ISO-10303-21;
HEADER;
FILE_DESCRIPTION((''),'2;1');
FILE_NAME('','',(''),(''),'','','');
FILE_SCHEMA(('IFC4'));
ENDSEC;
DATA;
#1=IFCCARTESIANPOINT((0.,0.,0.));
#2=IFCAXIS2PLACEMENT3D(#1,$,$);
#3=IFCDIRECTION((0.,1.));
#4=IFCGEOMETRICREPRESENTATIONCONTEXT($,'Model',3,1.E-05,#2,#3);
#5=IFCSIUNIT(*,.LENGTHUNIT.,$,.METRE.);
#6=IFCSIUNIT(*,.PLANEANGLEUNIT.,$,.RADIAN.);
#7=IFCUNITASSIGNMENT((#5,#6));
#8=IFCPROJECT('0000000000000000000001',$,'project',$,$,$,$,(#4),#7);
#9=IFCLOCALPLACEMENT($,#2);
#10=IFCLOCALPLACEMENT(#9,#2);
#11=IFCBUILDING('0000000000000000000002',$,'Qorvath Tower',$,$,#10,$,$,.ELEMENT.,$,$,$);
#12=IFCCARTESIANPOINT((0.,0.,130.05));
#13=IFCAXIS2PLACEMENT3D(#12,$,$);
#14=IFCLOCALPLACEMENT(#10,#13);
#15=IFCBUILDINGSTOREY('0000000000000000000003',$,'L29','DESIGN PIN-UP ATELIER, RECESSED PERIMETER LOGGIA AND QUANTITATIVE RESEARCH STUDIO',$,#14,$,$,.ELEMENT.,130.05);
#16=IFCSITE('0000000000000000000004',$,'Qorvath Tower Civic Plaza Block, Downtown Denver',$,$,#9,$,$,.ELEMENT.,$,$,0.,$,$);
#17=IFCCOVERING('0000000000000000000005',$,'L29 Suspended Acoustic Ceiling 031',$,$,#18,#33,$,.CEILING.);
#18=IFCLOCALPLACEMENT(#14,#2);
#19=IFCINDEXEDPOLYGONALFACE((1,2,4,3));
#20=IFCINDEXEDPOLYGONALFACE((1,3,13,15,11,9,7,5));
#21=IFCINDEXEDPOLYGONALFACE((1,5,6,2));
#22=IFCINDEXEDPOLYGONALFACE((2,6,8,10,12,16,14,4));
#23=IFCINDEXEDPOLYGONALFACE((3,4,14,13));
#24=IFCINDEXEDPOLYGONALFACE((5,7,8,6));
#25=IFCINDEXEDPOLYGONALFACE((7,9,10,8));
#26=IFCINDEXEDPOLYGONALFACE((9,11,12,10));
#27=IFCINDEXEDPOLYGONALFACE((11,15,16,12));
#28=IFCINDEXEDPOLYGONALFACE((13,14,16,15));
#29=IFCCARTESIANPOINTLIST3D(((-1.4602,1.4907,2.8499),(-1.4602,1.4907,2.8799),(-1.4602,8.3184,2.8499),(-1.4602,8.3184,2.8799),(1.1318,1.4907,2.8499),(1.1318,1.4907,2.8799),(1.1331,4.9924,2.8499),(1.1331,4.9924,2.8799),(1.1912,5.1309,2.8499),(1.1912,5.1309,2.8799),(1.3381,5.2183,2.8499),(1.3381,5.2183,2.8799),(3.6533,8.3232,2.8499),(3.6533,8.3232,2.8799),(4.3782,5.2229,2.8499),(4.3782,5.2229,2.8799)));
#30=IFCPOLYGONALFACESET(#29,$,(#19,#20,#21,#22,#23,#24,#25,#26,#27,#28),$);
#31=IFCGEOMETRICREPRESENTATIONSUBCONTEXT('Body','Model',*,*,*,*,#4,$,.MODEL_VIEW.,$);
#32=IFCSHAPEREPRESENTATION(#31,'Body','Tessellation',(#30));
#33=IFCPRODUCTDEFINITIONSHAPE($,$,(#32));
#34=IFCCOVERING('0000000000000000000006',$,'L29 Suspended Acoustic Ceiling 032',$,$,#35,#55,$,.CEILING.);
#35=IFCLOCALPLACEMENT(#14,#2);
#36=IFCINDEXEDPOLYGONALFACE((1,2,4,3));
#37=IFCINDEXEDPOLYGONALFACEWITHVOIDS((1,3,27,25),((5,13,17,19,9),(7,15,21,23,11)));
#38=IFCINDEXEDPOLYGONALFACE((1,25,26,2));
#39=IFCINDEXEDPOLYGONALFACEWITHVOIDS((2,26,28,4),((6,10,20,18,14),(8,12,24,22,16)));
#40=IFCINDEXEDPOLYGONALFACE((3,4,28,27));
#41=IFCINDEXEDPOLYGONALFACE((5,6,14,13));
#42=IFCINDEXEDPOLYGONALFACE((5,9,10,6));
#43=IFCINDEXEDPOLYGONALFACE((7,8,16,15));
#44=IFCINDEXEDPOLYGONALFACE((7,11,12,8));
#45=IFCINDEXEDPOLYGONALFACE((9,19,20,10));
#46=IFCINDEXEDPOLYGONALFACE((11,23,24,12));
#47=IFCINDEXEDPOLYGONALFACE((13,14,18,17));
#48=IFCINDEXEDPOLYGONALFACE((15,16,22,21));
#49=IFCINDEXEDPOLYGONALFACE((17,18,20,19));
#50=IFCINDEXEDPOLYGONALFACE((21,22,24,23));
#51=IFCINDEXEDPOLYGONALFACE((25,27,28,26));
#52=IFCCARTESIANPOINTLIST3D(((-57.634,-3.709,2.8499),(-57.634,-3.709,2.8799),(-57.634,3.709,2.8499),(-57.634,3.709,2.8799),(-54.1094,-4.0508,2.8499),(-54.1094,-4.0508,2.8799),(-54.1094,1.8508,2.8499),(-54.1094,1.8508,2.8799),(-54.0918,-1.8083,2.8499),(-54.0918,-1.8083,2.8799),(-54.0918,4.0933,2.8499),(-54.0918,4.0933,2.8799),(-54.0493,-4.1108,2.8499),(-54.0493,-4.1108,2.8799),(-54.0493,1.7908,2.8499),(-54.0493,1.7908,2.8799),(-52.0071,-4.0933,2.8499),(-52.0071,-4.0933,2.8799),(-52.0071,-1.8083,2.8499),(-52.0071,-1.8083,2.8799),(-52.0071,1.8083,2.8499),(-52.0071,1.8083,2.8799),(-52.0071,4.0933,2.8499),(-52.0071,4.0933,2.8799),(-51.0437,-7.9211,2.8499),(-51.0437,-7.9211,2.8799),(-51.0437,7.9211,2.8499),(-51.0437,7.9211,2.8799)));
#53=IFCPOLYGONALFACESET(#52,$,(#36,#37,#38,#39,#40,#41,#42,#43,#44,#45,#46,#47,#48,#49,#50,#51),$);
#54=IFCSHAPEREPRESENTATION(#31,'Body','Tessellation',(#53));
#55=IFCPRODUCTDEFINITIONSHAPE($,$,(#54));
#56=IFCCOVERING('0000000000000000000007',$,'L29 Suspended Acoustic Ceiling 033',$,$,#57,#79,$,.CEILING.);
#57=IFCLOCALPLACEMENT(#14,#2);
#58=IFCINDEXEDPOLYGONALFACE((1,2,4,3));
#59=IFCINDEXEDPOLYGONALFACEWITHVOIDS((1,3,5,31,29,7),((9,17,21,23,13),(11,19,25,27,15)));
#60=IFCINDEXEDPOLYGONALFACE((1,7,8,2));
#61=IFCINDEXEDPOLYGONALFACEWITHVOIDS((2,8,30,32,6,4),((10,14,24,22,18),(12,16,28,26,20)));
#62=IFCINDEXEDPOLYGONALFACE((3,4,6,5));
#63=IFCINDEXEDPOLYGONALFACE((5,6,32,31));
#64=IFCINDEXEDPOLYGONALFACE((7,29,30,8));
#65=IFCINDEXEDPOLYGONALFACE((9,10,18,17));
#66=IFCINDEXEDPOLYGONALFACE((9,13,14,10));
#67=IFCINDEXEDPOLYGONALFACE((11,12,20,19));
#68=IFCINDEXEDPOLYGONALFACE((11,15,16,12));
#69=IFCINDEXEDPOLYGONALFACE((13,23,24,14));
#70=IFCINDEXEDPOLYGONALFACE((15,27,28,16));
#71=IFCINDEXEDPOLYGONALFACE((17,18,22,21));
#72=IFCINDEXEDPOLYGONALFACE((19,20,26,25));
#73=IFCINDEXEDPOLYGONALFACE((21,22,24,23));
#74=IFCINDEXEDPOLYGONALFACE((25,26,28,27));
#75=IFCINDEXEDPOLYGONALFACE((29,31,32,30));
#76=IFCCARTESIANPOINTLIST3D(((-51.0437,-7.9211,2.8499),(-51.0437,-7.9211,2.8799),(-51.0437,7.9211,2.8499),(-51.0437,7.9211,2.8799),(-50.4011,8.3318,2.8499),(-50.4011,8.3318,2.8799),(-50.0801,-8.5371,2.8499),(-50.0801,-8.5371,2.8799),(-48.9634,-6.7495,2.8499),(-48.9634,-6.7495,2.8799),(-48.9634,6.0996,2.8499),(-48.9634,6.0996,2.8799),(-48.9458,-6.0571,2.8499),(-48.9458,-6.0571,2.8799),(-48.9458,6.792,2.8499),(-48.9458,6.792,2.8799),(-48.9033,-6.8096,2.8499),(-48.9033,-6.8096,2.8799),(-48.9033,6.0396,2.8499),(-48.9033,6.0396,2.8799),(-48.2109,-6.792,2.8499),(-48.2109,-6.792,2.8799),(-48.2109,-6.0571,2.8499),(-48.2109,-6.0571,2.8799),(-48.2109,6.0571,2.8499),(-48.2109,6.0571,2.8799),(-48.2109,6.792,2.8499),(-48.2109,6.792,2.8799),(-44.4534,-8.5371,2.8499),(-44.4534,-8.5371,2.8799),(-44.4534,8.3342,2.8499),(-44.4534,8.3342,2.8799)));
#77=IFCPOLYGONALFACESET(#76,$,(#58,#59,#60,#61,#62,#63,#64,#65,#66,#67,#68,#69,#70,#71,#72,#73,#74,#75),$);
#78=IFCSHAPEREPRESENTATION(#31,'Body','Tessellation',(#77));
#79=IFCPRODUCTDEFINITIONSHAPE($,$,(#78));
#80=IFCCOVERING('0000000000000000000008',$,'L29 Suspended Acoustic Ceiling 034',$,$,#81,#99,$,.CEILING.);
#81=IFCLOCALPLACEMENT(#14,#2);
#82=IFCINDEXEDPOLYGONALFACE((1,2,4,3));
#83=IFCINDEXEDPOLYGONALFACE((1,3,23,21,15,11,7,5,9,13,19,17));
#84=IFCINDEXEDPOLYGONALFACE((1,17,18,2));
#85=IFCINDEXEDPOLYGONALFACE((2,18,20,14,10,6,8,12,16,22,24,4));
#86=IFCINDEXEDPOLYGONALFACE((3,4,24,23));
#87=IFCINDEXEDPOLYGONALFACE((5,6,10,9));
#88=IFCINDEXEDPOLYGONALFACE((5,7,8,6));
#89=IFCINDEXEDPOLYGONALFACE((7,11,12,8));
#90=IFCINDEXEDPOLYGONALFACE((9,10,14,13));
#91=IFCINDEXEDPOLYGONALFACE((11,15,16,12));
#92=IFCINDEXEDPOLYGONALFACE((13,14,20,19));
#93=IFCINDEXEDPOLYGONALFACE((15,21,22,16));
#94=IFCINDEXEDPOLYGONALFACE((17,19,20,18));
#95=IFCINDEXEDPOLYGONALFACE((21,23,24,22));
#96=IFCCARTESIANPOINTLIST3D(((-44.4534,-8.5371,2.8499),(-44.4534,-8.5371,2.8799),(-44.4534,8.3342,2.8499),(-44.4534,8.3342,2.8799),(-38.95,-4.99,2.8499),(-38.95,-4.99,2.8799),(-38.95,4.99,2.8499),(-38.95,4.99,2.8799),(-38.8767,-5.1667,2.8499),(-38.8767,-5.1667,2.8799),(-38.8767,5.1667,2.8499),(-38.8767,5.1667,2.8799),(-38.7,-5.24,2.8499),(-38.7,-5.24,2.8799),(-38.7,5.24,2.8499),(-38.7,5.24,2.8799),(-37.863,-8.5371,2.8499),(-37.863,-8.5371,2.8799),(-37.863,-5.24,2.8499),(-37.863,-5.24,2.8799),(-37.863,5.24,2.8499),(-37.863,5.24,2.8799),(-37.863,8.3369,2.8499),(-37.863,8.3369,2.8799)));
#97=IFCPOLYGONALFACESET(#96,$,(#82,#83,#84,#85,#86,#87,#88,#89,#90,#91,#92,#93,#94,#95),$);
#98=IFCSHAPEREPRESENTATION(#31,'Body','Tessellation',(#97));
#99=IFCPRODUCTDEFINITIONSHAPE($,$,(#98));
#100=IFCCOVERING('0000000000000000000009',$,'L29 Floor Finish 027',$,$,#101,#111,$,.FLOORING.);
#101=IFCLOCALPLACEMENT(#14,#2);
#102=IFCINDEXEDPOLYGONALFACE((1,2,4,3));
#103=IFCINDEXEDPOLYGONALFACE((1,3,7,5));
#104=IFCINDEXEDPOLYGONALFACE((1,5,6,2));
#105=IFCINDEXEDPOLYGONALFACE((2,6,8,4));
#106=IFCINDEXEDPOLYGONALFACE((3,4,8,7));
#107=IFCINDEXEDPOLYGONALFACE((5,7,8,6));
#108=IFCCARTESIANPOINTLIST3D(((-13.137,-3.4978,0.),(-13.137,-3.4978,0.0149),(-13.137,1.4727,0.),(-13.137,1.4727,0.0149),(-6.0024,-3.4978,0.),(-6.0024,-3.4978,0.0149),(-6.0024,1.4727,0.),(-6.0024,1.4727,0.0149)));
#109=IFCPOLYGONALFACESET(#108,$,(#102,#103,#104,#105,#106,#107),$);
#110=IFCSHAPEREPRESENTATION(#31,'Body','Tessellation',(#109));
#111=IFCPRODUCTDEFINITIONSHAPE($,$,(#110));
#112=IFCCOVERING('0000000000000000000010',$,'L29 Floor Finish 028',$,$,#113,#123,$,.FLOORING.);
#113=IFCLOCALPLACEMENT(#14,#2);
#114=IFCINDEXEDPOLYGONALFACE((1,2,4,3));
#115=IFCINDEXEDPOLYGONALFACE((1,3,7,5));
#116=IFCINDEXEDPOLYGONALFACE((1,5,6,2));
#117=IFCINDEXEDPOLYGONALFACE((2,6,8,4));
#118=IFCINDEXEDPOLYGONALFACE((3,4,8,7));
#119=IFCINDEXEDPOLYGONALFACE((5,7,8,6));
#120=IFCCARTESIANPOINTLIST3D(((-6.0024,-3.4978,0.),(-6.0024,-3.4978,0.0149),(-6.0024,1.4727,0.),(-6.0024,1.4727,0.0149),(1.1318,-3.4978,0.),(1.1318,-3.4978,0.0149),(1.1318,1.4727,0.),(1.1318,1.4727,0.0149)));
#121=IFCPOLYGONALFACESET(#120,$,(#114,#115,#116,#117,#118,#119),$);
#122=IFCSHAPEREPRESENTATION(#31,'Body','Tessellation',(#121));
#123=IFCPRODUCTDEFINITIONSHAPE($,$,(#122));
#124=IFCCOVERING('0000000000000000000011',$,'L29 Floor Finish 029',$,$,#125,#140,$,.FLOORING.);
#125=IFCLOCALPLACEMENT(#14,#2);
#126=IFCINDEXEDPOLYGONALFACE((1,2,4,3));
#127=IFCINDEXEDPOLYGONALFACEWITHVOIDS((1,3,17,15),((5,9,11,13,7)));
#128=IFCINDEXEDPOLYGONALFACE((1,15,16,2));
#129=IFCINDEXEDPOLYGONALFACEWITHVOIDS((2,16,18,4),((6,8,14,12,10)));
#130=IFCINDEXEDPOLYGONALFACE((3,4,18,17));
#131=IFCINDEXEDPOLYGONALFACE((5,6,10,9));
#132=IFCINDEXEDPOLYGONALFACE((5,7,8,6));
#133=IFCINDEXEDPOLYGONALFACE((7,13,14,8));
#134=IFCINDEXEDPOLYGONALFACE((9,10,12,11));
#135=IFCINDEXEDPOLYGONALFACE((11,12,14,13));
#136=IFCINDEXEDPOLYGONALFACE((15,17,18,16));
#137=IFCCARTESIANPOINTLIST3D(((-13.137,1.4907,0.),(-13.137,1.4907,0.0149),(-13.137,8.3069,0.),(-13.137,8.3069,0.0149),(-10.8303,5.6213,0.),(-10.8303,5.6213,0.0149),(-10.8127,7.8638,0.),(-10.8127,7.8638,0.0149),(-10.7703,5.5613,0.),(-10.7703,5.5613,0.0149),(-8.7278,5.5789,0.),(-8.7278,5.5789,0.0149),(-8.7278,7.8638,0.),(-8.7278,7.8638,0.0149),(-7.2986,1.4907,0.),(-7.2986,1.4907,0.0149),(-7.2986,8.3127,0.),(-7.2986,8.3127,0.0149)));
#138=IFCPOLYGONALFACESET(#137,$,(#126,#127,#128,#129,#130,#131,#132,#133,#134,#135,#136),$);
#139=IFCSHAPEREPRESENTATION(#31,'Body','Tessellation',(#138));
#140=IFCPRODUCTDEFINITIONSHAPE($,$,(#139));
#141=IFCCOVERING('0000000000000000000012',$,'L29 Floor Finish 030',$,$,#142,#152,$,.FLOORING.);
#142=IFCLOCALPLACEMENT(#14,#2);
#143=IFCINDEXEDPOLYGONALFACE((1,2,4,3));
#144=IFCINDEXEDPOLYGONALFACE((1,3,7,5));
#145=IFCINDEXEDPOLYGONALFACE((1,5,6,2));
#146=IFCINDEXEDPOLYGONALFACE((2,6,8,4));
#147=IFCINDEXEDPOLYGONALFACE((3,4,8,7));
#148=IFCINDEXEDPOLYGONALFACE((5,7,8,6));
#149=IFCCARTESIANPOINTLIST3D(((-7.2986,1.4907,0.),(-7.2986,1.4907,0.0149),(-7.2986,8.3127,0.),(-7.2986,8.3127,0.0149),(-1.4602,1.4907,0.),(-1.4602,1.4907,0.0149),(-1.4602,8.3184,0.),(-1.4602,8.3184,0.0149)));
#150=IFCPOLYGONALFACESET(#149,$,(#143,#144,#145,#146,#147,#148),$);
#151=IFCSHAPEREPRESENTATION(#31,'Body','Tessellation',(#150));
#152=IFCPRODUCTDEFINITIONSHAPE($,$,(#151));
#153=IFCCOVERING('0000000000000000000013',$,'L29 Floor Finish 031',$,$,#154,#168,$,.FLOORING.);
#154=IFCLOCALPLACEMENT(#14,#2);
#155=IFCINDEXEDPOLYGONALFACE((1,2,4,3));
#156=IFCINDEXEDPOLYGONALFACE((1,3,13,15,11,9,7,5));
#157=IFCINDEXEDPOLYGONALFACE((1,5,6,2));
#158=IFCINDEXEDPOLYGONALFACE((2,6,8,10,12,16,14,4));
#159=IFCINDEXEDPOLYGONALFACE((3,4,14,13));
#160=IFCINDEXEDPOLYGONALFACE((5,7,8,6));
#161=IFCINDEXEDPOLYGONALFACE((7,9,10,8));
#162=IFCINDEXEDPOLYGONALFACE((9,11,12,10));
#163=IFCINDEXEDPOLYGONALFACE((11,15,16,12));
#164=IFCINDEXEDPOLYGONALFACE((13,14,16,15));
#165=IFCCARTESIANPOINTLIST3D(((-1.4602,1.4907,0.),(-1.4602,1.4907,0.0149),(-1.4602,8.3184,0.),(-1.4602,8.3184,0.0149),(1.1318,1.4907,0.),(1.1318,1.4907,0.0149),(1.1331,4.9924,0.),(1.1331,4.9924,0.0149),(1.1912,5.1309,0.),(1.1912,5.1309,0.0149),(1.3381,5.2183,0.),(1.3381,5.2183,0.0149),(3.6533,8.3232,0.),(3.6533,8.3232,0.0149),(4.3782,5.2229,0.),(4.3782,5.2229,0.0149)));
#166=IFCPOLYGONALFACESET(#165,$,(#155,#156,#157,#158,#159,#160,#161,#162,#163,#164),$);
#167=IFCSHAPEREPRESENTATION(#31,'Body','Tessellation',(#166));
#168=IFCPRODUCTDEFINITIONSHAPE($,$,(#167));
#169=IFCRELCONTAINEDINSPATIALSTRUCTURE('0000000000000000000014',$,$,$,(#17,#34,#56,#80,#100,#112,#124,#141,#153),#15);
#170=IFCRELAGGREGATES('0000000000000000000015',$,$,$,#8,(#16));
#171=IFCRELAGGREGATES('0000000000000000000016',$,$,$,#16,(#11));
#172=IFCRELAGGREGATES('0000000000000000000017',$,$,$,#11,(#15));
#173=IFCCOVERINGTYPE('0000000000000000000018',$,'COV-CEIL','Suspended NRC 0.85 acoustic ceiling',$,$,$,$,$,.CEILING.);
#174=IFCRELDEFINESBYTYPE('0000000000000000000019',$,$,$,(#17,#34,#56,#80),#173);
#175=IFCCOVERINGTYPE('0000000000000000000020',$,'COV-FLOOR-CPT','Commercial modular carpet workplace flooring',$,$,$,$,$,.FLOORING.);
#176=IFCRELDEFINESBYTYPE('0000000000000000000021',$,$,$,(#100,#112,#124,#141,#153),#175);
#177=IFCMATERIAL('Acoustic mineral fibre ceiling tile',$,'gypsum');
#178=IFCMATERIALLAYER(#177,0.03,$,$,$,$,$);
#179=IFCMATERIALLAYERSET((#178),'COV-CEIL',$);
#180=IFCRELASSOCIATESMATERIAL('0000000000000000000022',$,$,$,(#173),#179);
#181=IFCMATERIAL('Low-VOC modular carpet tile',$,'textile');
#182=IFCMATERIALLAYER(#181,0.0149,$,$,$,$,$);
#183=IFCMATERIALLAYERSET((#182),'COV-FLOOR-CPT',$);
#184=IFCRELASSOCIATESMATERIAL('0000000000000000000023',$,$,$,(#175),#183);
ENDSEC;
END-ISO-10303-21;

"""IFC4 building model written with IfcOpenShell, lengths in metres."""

from ifc_helpers import new_model, si_unit, direction, frame, origin, place, context, subcontext, project, spatial, polyline, outline, extrude, material, layer, layer_set, type_object, element, save


model = new_model("IFC4")

# Units and contexts
model_context = context("Model", 3, precision=1e-05, world=origin(), true_north=direction((0.0, 1.0)))
body_context = subcontext(model_context, "Body", "Model", "MODEL_VIEW")
ifc_project = project(units=[si_unit("LENGTHUNIT", "METRE"), si_unit("PLANEANGLEUNIT", "RADIAN")], contexts=[model_context])

# Site, building, storey
site_placement = place(None, origin())
site = spatial("IfcSite", under=ifc_project, at=site_placement, Name="Qorvath Tower Civic Plaza Block, Downtown Denver", CompositionType="ELEMENT", RefElevation=0.0)
building_placement = place(site_placement, origin())
building = spatial("IfcBuilding", under=site, at=building_placement, Name="Qorvath Tower", CompositionType="ELEMENT")
storey_placement = place(building_placement, frame((0.0, 0.0, 130.05)))
storey = spatial("IfcBuildingStorey", under=building, at=storey_placement, Name="L29", Description="DESIGN PIN-UP ATELIER, RECESSED PERIMETER LOGGIA AND QUANTITATIVE RESEARCH STUDIO", CompositionType="ELEMENT", Elevation=130.05)

# Coverings
ifc_material_1 = material(Name="Acoustic mineral fibre ceiling tile", Category="gypsum")
ifc_layer_1 = layer(ifc_material_1, 0.03)
ifc_layer_set_1 = layer_set([ifc_layer_1], Name="COV-CEIL")
covering_type_1 = type_object("IfcCoveringType", Name="COV-CEIL", Description="Suspended NRC 0.85 acoustic ceiling", PredefinedType="CEILING", material=ifc_layer_set_1)
covering_1_placement = place(storey_placement, frame((0.0, 0.0, 2.8499)))
element("IfcCovering", 1, at=covering_1_placement, inside=storey, type_object=covering_type_1, Name="L29 Suspended Acoustic Ceiling 031", PredefinedType="CEILING", context=body_context, shape_type="SweptSolid", body=[
    extrude(outline(polyline([(1.1912, 5.1309), (1.3381, 5.2183), (4.3782, 5.2229), (3.6533, 8.3232), (-1.4602, 8.3184), (-1.4602, 1.4907), (1.1318, 1.4907), (1.1331, 4.9924), (1.1912, 5.1309)])), origin(), (0.0, 0.0, 1.0), 0.03),
])
covering_2_placement = place(storey_placement, frame((0.0, 0.0, 2.8499)))
element("IfcCovering", 2, at=covering_2_placement, inside=storey, type_object=covering_type_1, Name="L29 Suspended Acoustic Ceiling 032", PredefinedType="CEILING", context=body_context, shape_type="SweptSolid", body=[
    extrude(outline(polyline([(-51.0437, -7.9211), (-51.0437, 7.9211), (-57.634, 3.709), (-57.634, -3.709), (-51.0437, -7.9211)]), holes=[polyline([(-54.1094, -4.0508), (-54.0918, -1.8083), (-52.0071, -1.8083), (-52.0071, -4.0933), (-54.0493, -4.1108), (-54.1094, -4.0508)]), polyline([(-54.1094, 1.8508), (-54.0918, 4.0933), (-52.0071, 4.0933), (-52.0071, 1.8083), (-54.0493, 1.7908), (-54.1094, 1.8508)])]), origin(), (0.0, 0.0, 1.0), 0.03),
])
covering_3_placement = place(storey_placement, frame((0.0, 0.0, 2.8499)))
element("IfcCovering", 3, at=covering_3_placement, inside=storey, type_object=covering_type_1, Name="L29 Suspended Acoustic Ceiling 033", PredefinedType="CEILING", context=body_context, shape_type="SweptSolid", body=[
    extrude(outline(polyline([(-44.4534, -8.5371), (-44.4534, 8.3342), (-50.4011, 8.3318), (-51.0437, 7.9211), (-51.0437, -7.9211), (-50.0801, -8.5371), (-44.4534, -8.5371)]), holes=[polyline([(-48.9634, -6.7495), (-48.9458, -6.0571), (-48.2109, -6.0571), (-48.2109, -6.792), (-48.9033, -6.8096), (-48.9634, -6.7495)]), polyline([(-48.9634, 6.0996), (-48.9458, 6.792), (-48.2109, 6.792), (-48.2109, 6.0571), (-48.9033, 6.0396), (-48.9634, 6.0996)])]), origin(), (0.0, 0.0, 1.0), 0.03),
])
covering_4_placement = place(storey_placement, frame((0.0, 0.0, 2.8499)))
element("IfcCovering", 4, at=covering_4_placement, inside=storey, type_object=covering_type_1, Name="L29 Suspended Acoustic Ceiling 034", PredefinedType="CEILING", context=body_context, shape_type="SweptSolid", body=[
    extrude(outline(polyline([(-37.863, 8.3369), (-44.4534, 8.3342), (-44.4534, -8.5371), (-37.863, -8.5371), (-37.863, -5.24), (-38.7, -5.24), (-38.8767, -5.1667), (-38.95, -4.99), (-38.95, 4.99), (-38.8767, 5.1667), (-38.7, 5.24), (-37.863, 5.24), (-37.863, 8.3369)])), origin(), (0.0, 0.0, 1.0), 0.03),
])
ifc_material_2 = material(Name="Low-VOC modular carpet tile", Category="textile")
ifc_layer_2 = layer(ifc_material_2, 0.0149)
ifc_layer_set_2 = layer_set([ifc_layer_2], Name="COV-FLOOR-CPT")
covering_type_2 = type_object("IfcCoveringType", Name="COV-FLOOR-CPT", Description="Commercial modular carpet workplace flooring", PredefinedType="FLOORING", material=ifc_layer_set_2)
covering_5_placement = place(storey_placement, origin())
element("IfcCovering", 5, at=covering_5_placement, inside=storey, type_object=covering_type_2, Name="L29 Floor Finish 027", PredefinedType="FLOORING", context=body_context, shape_type="SweptSolid", body=[
    extrude(outline(polyline([(-13.137, -3.4978), (-6.0024, -3.4978), (-6.0024, 1.4727), (-13.137, 1.4727), (-13.137, -3.4978)])), origin(), (0.0, 0.0, 1.0), 0.0149),
])
covering_6_placement = place(storey_placement, origin())
element("IfcCovering", 6, at=covering_6_placement, inside=storey, type_object=covering_type_2, Name="L29 Floor Finish 028", PredefinedType="FLOORING", context=body_context, shape_type="SweptSolid", body=[
    extrude(outline(polyline([(-6.0024, 1.4727), (-6.0024, -3.4978), (1.1318, -3.4978), (1.1318, 1.4727), (-6.0024, 1.4727)])), origin(), (0.0, 0.0, 1.0), 0.0149),
])
covering_7_placement = place(storey_placement, origin())
element("IfcCovering", 7, at=covering_7_placement, inside=storey, type_object=covering_type_2, Name="L29 Floor Finish 029", PredefinedType="FLOORING", context=body_context, shape_type="SweptSolid", body=[
    extrude(outline(polyline([(-7.2986, 1.4907), (-7.2986, 8.3127), (-13.137, 8.3069), (-13.137, 1.4907), (-7.2986, 1.4907)]), holes=[polyline([(-10.8303, 5.6213), (-10.8127, 7.8638), (-8.7278, 7.8638), (-8.7278, 5.5789), (-10.7703, 5.5613), (-10.8303, 5.6213)])]), origin(), (0.0, 0.0, 1.0), 0.0149),
])
covering_8_placement = place(storey_placement, origin())
element("IfcCovering", 8, at=covering_8_placement, inside=storey, type_object=covering_type_2, Name="L29 Floor Finish 030", PredefinedType="FLOORING", context=body_context, shape_type="SweptSolid", body=[
    extrude(outline(polyline([(-1.4602, 1.4907), (-1.4602, 8.3184), (-7.2986, 8.3127), (-7.2986, 1.4907), (-1.4602, 1.4907)])), origin(), (0.0, 0.0, 1.0), 0.0149),
])
covering_9_placement = place(storey_placement, origin())
element("IfcCovering", 9, at=covering_9_placement, inside=storey, type_object=covering_type_2, Name="L29 Floor Finish 031", PredefinedType="FLOORING", context=body_context, shape_type="SweptSolid", body=[
    extrude(outline(polyline([(1.1912, 5.1309), (1.3381, 5.2183), (4.3782, 5.2229), (3.6533, 8.3232), (-1.4602, 8.3184), (-1.4602, 1.4907), (1.1318, 1.4907), (1.1331, 4.9924), (1.1912, 5.1309)])), origin(), (0.0, 0.0, 1.0), 0.0149),
])

save(model, "model.ifc")
